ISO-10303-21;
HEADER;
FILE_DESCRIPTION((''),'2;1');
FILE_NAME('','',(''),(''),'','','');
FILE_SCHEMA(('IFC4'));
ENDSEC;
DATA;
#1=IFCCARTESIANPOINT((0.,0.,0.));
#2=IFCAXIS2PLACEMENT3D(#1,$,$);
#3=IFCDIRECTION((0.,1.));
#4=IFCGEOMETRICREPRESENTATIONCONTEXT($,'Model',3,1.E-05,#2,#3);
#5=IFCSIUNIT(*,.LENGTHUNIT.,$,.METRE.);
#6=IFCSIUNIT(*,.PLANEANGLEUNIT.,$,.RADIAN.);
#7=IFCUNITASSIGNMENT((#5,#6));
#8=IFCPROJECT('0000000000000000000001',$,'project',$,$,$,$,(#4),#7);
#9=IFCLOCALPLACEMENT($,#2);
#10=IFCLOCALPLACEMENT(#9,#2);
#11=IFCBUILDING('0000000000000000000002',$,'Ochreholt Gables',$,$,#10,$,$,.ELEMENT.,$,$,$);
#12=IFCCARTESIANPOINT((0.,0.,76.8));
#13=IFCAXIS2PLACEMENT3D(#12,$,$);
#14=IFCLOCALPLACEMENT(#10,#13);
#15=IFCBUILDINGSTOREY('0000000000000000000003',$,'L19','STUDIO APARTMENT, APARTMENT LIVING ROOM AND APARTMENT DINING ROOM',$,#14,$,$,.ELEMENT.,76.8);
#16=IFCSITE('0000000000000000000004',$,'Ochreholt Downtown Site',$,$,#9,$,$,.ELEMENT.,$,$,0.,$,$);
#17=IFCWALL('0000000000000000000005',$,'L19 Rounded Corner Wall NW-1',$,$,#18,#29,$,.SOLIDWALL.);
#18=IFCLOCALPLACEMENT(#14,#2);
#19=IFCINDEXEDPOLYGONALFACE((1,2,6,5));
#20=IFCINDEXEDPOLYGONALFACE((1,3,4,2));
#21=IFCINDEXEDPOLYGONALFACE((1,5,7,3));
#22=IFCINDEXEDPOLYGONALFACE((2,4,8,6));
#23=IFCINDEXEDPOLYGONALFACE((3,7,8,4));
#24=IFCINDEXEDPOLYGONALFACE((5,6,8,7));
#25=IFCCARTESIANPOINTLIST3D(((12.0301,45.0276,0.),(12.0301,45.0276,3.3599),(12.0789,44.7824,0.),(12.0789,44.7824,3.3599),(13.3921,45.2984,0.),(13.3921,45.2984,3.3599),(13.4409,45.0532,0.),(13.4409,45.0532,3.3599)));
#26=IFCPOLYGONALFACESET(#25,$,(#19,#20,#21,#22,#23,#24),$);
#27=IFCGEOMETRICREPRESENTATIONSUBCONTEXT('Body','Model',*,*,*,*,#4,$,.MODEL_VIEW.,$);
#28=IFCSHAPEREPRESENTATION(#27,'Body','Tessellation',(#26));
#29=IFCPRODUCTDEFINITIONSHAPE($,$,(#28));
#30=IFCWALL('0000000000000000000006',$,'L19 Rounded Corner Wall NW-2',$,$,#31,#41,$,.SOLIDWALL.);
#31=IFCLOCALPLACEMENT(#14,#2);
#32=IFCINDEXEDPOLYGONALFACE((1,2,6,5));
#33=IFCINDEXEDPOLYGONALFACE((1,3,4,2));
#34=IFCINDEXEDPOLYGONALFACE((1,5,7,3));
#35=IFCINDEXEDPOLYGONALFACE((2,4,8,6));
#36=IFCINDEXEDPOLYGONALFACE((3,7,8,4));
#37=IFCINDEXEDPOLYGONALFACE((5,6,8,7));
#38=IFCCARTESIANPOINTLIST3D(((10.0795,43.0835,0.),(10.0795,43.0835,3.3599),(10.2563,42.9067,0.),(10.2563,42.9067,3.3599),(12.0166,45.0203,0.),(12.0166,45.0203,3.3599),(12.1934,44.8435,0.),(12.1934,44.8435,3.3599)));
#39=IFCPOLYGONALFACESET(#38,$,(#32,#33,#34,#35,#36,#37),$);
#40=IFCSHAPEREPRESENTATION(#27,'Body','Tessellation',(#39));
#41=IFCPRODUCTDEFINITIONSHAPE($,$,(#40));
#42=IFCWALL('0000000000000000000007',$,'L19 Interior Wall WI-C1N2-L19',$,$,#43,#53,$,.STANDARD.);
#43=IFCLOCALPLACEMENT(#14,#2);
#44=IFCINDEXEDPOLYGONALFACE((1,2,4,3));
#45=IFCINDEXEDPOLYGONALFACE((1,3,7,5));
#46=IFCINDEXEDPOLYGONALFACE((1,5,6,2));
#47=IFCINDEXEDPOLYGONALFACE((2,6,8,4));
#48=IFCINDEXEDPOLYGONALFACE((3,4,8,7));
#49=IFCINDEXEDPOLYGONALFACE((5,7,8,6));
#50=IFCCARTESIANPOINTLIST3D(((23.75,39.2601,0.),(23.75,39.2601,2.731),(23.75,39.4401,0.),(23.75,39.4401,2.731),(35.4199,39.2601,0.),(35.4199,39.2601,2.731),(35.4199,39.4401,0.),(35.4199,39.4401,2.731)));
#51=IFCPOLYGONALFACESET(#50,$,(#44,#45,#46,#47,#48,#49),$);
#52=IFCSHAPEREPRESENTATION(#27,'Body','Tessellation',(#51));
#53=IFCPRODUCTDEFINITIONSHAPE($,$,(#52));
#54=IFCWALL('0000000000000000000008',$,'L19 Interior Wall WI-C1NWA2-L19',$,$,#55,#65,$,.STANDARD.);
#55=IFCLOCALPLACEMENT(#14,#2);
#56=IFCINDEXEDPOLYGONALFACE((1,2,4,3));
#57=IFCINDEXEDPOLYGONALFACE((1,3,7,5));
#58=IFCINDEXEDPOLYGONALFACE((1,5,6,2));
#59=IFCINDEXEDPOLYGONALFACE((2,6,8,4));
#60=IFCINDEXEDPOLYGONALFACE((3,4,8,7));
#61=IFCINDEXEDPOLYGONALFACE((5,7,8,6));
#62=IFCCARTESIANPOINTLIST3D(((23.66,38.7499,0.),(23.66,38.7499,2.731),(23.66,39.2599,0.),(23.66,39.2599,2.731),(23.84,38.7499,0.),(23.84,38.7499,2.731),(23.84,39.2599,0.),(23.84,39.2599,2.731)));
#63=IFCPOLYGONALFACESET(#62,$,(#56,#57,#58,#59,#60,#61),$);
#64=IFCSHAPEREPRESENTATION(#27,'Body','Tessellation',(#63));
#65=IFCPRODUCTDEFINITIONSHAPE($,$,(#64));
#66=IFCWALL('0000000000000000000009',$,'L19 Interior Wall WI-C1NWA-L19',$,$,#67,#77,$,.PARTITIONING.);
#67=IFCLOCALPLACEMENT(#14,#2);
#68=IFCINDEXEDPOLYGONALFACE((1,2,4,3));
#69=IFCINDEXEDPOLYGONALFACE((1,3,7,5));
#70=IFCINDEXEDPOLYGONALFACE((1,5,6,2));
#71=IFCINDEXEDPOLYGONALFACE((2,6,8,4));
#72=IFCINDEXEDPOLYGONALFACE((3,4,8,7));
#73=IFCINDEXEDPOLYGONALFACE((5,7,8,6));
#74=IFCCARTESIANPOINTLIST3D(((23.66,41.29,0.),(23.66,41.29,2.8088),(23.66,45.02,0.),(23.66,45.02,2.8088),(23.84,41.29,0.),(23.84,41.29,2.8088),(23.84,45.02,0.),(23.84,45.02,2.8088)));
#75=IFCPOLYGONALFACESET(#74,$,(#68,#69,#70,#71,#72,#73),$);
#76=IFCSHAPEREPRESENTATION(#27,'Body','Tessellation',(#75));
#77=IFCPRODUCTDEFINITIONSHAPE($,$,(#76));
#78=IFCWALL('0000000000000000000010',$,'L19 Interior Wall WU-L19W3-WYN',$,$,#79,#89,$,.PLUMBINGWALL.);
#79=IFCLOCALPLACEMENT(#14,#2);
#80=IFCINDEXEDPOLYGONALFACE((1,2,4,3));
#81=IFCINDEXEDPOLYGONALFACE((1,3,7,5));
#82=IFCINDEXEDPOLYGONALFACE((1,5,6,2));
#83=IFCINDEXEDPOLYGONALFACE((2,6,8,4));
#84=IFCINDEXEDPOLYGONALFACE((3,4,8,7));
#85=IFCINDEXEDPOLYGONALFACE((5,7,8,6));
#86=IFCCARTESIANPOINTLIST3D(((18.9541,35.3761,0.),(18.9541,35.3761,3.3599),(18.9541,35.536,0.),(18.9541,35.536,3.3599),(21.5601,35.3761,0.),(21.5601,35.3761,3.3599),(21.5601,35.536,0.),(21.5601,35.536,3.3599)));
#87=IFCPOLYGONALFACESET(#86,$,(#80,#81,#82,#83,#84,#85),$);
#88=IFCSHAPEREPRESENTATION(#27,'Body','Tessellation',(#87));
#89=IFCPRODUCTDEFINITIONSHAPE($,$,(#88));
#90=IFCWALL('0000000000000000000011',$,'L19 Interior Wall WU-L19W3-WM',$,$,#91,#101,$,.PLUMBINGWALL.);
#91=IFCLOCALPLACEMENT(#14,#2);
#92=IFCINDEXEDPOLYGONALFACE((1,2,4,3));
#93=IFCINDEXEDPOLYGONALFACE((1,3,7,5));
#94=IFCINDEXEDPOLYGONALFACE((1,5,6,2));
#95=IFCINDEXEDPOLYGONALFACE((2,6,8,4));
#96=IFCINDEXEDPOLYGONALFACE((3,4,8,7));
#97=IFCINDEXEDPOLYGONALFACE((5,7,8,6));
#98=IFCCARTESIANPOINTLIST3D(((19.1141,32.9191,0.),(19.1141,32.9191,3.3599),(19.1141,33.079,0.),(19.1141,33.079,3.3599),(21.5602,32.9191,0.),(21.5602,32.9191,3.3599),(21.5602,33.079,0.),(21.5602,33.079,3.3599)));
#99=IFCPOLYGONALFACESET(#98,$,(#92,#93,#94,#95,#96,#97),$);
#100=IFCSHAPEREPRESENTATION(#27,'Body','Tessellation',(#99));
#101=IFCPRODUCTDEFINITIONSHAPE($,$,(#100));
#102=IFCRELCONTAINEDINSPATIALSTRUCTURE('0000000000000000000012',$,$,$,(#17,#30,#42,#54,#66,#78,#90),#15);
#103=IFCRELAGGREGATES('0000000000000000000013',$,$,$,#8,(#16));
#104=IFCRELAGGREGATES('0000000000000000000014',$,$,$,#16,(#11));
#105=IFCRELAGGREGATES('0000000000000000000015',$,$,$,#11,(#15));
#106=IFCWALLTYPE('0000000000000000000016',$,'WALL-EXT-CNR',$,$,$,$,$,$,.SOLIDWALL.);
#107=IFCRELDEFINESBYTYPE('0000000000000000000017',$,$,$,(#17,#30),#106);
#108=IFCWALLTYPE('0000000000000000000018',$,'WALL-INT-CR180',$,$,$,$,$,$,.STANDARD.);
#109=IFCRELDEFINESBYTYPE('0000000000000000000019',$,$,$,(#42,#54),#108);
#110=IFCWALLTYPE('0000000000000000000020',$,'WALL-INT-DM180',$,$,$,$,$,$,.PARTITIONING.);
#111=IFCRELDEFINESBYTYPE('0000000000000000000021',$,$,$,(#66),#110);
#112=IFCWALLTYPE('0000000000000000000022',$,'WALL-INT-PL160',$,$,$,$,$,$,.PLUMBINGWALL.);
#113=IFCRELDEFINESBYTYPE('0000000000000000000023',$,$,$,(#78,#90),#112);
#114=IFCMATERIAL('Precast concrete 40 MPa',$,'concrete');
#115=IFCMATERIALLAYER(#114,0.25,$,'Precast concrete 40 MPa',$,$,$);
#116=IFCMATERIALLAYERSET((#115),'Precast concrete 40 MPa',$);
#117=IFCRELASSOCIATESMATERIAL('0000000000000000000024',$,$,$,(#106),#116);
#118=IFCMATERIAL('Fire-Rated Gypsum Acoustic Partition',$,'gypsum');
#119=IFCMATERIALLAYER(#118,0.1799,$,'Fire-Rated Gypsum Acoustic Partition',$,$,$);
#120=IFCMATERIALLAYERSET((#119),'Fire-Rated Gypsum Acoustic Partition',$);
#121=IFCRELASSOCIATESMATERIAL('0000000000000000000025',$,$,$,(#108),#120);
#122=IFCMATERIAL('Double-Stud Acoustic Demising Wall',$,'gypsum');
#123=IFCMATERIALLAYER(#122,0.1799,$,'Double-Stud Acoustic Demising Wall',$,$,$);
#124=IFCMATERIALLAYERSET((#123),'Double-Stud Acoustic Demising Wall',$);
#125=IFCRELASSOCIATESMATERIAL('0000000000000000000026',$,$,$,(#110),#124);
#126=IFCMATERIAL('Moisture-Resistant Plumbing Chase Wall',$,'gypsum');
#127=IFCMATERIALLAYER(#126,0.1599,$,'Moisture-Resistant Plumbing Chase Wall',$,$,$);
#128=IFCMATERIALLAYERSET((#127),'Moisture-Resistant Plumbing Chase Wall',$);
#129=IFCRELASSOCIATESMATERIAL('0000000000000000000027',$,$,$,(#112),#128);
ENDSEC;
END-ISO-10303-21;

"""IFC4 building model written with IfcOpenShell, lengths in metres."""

from ifc_helpers import new_model, si_unit, direction, frame, frame_2d, origin, place, context, subcontext, project, spatial, rectangle, extrude, material, layer, layer_set, type_object, element, save


model = new_model("IFC4")

# Units and contexts
model_context = context("Model", 3, precision=1e-05, world=origin(), true_north=direction((0.0, 1.0)))
body_context = subcontext(model_context, "Body", "Model", "MODEL_VIEW")
ifc_project = project(units=[si_unit("LENGTHUNIT", "METRE"), si_unit("PLANEANGLEUNIT", "RADIAN")], contexts=[model_context])

# Site, building, storey
site_placement = place(None, origin())
site = spatial("IfcSite", under=ifc_project, at=site_placement, Name="Ochreholt Downtown Site", CompositionType="ELEMENT", RefElevation=0.0)
building_placement = place(site_placement, origin())
building = spatial("IfcBuilding", under=site, at=building_placement, Name="Ochreholt Gables", CompositionType="ELEMENT")
storey_placement = place(building_placement, frame((0.0, 0.0, 76.8)))
storey = spatial("IfcBuildingStorey", under=building, at=storey_placement, Name="L19", Description="STUDIO APARTMENT, APARTMENT LIVING ROOM AND APARTMENT DINING ROOM", CompositionType="ELEMENT", Elevation=76.8)

# Walls
ifc_material_1 = material(Name="Precast concrete 40 MPa", Category="concrete")
ifc_layer_1 = layer(ifc_material_1, 0.25, Name="Precast concrete 40 MPa")
ifc_layer_set_1 = layer_set([ifc_layer_1], Name="Precast concrete 40 MPa")
wall_type_1 = type_object("IfcWallType", Name="WALL-EXT-CNR", PredefinedType="SOLIDWALL", material=ifc_layer_set_1)
wall_1_placement = place(storey_placement, frame((13.4165, 45.1758, 0.0), z_axis=(0.0, 0.0, 1.0), x_axis=(-0.98081, -0.194967, 0.0)))
element("IfcWall", 1, at=wall_1_placement, inside=storey, type_object=wall_type_1, Name="L19 Rounded Corner Wall NW-1", PredefinedType="SOLIDWALL", context=body_context, shape_type="SweptSolid", body=[
    extrude(rectangle(XDim=1.3887, YDim=0.25, at=frame_2d((0.6943, 0.0))), origin(), (0.0, 0.0, 1.0), 3.3599),
])
wall_2_placement = place(storey_placement, frame((12.105, 44.9319, 0.0), z_axis=(0.0, 0.0, 1.0), x_axis=(-0.707151, -0.707062, 0.0)))
element("IfcWall", 2, at=wall_2_placement, inside=storey, type_object=wall_type_1, Name="L19 Rounded Corner Wall NW-2", PredefinedType="SOLIDWALL", context=body_context, shape_type="SweptSolid", body=[
    extrude(rectangle(XDim=2.7393, YDim=0.25, at=frame_2d((1.3696, 0.0))), origin(), (0.0, 0.0, 1.0), 3.3599),
])

# Shared definitions
ifc_material_2 = material(Name="Fire-Rated Gypsum Acoustic Partition", Category="gypsum")
ifc_layer_2 = layer(ifc_material_2, 0.1799, Name="Fire-Rated Gypsum Acoustic Partition")
ifc_layer_set_2 = layer_set([ifc_layer_2], Name="Fire-Rated Gypsum Acoustic Partition")
wall_type_2 = type_object("IfcWallType", Name="WALL-INT-CR180", PredefinedType="STANDARD", material=ifc_layer_set_2)

# Walls
wall_3_placement = place(storey_placement, frame((23.75, 39.3501, 0.0), z_axis=(0.0, 0.0, 1.0), x_axis=(1.0, 0.0, 0.0)))
element("IfcWall", 3, at=wall_3_placement, inside=storey, type_object=wall_type_2, Name="L19 Interior Wall WI-C1N2-L19", PredefinedType="STANDARD", context=body_context, shape_type="SweptSolid", body=[
    extrude(rectangle(XDim=11.6699, YDim=0.1799, at=frame_2d((5.835, 0.0))), origin(), (0.0, 0.0, 1.0), 2.731),
])
wall_4_placement = place(storey_placement, frame((23.75, 38.75, 0.0), z_axis=(0.0, 0.0, 1.0), x_axis=(0.0, 1.0, 0.0)))
element("IfcWall", 4, at=wall_4_placement, inside=storey, type_object=wall_type_2, Name="L19 Interior Wall WI-C1NWA2-L19", PredefinedType="STANDARD", context=body_context, shape_type="SweptSolid", body=[
    extrude(rectangle(XDim=0.51, YDim=0.1799, at=frame_2d((0.2549, 0.0))), origin(), (0.0, 0.0, 1.0), 2.731),
])
ifc_material_3 = material(Name="Double-Stud Acoustic Demising Wall", Category="gypsum")
ifc_layer_3 = layer(ifc_material_3, 0.1799, Name="Double-Stud Acoustic Demising Wall")
ifc_layer_set_3 = layer_set([ifc_layer_3], Name="Double-Stud Acoustic Demising Wall")
wall_type_3 = type_object("IfcWallType", Name="WALL-INT-DM180", PredefinedType="PARTITIONING", material=ifc_layer_set_3)
wall_5_placement = place(storey_placement, frame((23.75, 41.29, 0.0), z_axis=(0.0, 0.0, 1.0), x_axis=(0.0, 1.0, 0.0)))
element("IfcWall", 5, at=wall_5_placement, inside=storey, type_object=wall_type_3, Name="L19 Interior Wall WI-C1NWA-L19", PredefinedType="PARTITIONING", context=body_context, shape_type="SweptSolid", body=[
    extrude(rectangle(XDim=3.73, YDim=0.1799, at=frame_2d((1.865, 0.0))), origin(), (0.0, 0.0, 1.0), 2.8088),
])
ifc_material_4 = material(Name="Moisture-Resistant Plumbing Chase Wall", Category="gypsum")
ifc_layer_4 = layer(ifc_material_4, 0.1599, Name="Moisture-Resistant Plumbing Chase Wall")
ifc_layer_set_4 = layer_set([ifc_layer_4], Name="Moisture-Resistant Plumbing Chase Wall")
wall_type_4 = type_object("IfcWallType", Name="WALL-INT-PL160", PredefinedType="PLUMBINGWALL", material=ifc_layer_set_4)
wall_6_placement = place(storey_placement, frame((18.9541, 35.4561, 0.0), z_axis=(0.0, 0.0, 1.0), x_axis=(1.0, 0.0, 0.0)))
element("IfcWall", 6, at=wall_6_placement, inside=storey, type_object=wall_type_4, Name="L19 Interior Wall WU-L19W3-WYN", PredefinedType="PLUMBINGWALL", context=body_context, shape_type="SweptSolid", body=[
    extrude(rectangle(XDim=2.606, YDim=0.1599, at=frame_2d((1.303, 0.0))), origin(), (0.0, 0.0, 1.0), 3.3599),
])
wall_7_placement = place(storey_placement, frame((19.114, 32.999, 0.0), z_axis=(0.0, 0.0, 1.0), x_axis=(1.0, 0.0, 0.0)))
element("IfcWall", 7, at=wall_7_placement, inside=storey, type_object=wall_type_4, Name="L19 Interior Wall WU-L19W3-WM", PredefinedType="PLUMBINGWALL", context=body_context, shape_type="SweptSolid", body=[
    extrude(rectangle(XDim=2.446, YDim=0.1599, at=frame_2d((1.2231, 0.0))), origin(), (0.0, 0.0, 1.0), 3.3599),
])

save(model, "model.ifc")
